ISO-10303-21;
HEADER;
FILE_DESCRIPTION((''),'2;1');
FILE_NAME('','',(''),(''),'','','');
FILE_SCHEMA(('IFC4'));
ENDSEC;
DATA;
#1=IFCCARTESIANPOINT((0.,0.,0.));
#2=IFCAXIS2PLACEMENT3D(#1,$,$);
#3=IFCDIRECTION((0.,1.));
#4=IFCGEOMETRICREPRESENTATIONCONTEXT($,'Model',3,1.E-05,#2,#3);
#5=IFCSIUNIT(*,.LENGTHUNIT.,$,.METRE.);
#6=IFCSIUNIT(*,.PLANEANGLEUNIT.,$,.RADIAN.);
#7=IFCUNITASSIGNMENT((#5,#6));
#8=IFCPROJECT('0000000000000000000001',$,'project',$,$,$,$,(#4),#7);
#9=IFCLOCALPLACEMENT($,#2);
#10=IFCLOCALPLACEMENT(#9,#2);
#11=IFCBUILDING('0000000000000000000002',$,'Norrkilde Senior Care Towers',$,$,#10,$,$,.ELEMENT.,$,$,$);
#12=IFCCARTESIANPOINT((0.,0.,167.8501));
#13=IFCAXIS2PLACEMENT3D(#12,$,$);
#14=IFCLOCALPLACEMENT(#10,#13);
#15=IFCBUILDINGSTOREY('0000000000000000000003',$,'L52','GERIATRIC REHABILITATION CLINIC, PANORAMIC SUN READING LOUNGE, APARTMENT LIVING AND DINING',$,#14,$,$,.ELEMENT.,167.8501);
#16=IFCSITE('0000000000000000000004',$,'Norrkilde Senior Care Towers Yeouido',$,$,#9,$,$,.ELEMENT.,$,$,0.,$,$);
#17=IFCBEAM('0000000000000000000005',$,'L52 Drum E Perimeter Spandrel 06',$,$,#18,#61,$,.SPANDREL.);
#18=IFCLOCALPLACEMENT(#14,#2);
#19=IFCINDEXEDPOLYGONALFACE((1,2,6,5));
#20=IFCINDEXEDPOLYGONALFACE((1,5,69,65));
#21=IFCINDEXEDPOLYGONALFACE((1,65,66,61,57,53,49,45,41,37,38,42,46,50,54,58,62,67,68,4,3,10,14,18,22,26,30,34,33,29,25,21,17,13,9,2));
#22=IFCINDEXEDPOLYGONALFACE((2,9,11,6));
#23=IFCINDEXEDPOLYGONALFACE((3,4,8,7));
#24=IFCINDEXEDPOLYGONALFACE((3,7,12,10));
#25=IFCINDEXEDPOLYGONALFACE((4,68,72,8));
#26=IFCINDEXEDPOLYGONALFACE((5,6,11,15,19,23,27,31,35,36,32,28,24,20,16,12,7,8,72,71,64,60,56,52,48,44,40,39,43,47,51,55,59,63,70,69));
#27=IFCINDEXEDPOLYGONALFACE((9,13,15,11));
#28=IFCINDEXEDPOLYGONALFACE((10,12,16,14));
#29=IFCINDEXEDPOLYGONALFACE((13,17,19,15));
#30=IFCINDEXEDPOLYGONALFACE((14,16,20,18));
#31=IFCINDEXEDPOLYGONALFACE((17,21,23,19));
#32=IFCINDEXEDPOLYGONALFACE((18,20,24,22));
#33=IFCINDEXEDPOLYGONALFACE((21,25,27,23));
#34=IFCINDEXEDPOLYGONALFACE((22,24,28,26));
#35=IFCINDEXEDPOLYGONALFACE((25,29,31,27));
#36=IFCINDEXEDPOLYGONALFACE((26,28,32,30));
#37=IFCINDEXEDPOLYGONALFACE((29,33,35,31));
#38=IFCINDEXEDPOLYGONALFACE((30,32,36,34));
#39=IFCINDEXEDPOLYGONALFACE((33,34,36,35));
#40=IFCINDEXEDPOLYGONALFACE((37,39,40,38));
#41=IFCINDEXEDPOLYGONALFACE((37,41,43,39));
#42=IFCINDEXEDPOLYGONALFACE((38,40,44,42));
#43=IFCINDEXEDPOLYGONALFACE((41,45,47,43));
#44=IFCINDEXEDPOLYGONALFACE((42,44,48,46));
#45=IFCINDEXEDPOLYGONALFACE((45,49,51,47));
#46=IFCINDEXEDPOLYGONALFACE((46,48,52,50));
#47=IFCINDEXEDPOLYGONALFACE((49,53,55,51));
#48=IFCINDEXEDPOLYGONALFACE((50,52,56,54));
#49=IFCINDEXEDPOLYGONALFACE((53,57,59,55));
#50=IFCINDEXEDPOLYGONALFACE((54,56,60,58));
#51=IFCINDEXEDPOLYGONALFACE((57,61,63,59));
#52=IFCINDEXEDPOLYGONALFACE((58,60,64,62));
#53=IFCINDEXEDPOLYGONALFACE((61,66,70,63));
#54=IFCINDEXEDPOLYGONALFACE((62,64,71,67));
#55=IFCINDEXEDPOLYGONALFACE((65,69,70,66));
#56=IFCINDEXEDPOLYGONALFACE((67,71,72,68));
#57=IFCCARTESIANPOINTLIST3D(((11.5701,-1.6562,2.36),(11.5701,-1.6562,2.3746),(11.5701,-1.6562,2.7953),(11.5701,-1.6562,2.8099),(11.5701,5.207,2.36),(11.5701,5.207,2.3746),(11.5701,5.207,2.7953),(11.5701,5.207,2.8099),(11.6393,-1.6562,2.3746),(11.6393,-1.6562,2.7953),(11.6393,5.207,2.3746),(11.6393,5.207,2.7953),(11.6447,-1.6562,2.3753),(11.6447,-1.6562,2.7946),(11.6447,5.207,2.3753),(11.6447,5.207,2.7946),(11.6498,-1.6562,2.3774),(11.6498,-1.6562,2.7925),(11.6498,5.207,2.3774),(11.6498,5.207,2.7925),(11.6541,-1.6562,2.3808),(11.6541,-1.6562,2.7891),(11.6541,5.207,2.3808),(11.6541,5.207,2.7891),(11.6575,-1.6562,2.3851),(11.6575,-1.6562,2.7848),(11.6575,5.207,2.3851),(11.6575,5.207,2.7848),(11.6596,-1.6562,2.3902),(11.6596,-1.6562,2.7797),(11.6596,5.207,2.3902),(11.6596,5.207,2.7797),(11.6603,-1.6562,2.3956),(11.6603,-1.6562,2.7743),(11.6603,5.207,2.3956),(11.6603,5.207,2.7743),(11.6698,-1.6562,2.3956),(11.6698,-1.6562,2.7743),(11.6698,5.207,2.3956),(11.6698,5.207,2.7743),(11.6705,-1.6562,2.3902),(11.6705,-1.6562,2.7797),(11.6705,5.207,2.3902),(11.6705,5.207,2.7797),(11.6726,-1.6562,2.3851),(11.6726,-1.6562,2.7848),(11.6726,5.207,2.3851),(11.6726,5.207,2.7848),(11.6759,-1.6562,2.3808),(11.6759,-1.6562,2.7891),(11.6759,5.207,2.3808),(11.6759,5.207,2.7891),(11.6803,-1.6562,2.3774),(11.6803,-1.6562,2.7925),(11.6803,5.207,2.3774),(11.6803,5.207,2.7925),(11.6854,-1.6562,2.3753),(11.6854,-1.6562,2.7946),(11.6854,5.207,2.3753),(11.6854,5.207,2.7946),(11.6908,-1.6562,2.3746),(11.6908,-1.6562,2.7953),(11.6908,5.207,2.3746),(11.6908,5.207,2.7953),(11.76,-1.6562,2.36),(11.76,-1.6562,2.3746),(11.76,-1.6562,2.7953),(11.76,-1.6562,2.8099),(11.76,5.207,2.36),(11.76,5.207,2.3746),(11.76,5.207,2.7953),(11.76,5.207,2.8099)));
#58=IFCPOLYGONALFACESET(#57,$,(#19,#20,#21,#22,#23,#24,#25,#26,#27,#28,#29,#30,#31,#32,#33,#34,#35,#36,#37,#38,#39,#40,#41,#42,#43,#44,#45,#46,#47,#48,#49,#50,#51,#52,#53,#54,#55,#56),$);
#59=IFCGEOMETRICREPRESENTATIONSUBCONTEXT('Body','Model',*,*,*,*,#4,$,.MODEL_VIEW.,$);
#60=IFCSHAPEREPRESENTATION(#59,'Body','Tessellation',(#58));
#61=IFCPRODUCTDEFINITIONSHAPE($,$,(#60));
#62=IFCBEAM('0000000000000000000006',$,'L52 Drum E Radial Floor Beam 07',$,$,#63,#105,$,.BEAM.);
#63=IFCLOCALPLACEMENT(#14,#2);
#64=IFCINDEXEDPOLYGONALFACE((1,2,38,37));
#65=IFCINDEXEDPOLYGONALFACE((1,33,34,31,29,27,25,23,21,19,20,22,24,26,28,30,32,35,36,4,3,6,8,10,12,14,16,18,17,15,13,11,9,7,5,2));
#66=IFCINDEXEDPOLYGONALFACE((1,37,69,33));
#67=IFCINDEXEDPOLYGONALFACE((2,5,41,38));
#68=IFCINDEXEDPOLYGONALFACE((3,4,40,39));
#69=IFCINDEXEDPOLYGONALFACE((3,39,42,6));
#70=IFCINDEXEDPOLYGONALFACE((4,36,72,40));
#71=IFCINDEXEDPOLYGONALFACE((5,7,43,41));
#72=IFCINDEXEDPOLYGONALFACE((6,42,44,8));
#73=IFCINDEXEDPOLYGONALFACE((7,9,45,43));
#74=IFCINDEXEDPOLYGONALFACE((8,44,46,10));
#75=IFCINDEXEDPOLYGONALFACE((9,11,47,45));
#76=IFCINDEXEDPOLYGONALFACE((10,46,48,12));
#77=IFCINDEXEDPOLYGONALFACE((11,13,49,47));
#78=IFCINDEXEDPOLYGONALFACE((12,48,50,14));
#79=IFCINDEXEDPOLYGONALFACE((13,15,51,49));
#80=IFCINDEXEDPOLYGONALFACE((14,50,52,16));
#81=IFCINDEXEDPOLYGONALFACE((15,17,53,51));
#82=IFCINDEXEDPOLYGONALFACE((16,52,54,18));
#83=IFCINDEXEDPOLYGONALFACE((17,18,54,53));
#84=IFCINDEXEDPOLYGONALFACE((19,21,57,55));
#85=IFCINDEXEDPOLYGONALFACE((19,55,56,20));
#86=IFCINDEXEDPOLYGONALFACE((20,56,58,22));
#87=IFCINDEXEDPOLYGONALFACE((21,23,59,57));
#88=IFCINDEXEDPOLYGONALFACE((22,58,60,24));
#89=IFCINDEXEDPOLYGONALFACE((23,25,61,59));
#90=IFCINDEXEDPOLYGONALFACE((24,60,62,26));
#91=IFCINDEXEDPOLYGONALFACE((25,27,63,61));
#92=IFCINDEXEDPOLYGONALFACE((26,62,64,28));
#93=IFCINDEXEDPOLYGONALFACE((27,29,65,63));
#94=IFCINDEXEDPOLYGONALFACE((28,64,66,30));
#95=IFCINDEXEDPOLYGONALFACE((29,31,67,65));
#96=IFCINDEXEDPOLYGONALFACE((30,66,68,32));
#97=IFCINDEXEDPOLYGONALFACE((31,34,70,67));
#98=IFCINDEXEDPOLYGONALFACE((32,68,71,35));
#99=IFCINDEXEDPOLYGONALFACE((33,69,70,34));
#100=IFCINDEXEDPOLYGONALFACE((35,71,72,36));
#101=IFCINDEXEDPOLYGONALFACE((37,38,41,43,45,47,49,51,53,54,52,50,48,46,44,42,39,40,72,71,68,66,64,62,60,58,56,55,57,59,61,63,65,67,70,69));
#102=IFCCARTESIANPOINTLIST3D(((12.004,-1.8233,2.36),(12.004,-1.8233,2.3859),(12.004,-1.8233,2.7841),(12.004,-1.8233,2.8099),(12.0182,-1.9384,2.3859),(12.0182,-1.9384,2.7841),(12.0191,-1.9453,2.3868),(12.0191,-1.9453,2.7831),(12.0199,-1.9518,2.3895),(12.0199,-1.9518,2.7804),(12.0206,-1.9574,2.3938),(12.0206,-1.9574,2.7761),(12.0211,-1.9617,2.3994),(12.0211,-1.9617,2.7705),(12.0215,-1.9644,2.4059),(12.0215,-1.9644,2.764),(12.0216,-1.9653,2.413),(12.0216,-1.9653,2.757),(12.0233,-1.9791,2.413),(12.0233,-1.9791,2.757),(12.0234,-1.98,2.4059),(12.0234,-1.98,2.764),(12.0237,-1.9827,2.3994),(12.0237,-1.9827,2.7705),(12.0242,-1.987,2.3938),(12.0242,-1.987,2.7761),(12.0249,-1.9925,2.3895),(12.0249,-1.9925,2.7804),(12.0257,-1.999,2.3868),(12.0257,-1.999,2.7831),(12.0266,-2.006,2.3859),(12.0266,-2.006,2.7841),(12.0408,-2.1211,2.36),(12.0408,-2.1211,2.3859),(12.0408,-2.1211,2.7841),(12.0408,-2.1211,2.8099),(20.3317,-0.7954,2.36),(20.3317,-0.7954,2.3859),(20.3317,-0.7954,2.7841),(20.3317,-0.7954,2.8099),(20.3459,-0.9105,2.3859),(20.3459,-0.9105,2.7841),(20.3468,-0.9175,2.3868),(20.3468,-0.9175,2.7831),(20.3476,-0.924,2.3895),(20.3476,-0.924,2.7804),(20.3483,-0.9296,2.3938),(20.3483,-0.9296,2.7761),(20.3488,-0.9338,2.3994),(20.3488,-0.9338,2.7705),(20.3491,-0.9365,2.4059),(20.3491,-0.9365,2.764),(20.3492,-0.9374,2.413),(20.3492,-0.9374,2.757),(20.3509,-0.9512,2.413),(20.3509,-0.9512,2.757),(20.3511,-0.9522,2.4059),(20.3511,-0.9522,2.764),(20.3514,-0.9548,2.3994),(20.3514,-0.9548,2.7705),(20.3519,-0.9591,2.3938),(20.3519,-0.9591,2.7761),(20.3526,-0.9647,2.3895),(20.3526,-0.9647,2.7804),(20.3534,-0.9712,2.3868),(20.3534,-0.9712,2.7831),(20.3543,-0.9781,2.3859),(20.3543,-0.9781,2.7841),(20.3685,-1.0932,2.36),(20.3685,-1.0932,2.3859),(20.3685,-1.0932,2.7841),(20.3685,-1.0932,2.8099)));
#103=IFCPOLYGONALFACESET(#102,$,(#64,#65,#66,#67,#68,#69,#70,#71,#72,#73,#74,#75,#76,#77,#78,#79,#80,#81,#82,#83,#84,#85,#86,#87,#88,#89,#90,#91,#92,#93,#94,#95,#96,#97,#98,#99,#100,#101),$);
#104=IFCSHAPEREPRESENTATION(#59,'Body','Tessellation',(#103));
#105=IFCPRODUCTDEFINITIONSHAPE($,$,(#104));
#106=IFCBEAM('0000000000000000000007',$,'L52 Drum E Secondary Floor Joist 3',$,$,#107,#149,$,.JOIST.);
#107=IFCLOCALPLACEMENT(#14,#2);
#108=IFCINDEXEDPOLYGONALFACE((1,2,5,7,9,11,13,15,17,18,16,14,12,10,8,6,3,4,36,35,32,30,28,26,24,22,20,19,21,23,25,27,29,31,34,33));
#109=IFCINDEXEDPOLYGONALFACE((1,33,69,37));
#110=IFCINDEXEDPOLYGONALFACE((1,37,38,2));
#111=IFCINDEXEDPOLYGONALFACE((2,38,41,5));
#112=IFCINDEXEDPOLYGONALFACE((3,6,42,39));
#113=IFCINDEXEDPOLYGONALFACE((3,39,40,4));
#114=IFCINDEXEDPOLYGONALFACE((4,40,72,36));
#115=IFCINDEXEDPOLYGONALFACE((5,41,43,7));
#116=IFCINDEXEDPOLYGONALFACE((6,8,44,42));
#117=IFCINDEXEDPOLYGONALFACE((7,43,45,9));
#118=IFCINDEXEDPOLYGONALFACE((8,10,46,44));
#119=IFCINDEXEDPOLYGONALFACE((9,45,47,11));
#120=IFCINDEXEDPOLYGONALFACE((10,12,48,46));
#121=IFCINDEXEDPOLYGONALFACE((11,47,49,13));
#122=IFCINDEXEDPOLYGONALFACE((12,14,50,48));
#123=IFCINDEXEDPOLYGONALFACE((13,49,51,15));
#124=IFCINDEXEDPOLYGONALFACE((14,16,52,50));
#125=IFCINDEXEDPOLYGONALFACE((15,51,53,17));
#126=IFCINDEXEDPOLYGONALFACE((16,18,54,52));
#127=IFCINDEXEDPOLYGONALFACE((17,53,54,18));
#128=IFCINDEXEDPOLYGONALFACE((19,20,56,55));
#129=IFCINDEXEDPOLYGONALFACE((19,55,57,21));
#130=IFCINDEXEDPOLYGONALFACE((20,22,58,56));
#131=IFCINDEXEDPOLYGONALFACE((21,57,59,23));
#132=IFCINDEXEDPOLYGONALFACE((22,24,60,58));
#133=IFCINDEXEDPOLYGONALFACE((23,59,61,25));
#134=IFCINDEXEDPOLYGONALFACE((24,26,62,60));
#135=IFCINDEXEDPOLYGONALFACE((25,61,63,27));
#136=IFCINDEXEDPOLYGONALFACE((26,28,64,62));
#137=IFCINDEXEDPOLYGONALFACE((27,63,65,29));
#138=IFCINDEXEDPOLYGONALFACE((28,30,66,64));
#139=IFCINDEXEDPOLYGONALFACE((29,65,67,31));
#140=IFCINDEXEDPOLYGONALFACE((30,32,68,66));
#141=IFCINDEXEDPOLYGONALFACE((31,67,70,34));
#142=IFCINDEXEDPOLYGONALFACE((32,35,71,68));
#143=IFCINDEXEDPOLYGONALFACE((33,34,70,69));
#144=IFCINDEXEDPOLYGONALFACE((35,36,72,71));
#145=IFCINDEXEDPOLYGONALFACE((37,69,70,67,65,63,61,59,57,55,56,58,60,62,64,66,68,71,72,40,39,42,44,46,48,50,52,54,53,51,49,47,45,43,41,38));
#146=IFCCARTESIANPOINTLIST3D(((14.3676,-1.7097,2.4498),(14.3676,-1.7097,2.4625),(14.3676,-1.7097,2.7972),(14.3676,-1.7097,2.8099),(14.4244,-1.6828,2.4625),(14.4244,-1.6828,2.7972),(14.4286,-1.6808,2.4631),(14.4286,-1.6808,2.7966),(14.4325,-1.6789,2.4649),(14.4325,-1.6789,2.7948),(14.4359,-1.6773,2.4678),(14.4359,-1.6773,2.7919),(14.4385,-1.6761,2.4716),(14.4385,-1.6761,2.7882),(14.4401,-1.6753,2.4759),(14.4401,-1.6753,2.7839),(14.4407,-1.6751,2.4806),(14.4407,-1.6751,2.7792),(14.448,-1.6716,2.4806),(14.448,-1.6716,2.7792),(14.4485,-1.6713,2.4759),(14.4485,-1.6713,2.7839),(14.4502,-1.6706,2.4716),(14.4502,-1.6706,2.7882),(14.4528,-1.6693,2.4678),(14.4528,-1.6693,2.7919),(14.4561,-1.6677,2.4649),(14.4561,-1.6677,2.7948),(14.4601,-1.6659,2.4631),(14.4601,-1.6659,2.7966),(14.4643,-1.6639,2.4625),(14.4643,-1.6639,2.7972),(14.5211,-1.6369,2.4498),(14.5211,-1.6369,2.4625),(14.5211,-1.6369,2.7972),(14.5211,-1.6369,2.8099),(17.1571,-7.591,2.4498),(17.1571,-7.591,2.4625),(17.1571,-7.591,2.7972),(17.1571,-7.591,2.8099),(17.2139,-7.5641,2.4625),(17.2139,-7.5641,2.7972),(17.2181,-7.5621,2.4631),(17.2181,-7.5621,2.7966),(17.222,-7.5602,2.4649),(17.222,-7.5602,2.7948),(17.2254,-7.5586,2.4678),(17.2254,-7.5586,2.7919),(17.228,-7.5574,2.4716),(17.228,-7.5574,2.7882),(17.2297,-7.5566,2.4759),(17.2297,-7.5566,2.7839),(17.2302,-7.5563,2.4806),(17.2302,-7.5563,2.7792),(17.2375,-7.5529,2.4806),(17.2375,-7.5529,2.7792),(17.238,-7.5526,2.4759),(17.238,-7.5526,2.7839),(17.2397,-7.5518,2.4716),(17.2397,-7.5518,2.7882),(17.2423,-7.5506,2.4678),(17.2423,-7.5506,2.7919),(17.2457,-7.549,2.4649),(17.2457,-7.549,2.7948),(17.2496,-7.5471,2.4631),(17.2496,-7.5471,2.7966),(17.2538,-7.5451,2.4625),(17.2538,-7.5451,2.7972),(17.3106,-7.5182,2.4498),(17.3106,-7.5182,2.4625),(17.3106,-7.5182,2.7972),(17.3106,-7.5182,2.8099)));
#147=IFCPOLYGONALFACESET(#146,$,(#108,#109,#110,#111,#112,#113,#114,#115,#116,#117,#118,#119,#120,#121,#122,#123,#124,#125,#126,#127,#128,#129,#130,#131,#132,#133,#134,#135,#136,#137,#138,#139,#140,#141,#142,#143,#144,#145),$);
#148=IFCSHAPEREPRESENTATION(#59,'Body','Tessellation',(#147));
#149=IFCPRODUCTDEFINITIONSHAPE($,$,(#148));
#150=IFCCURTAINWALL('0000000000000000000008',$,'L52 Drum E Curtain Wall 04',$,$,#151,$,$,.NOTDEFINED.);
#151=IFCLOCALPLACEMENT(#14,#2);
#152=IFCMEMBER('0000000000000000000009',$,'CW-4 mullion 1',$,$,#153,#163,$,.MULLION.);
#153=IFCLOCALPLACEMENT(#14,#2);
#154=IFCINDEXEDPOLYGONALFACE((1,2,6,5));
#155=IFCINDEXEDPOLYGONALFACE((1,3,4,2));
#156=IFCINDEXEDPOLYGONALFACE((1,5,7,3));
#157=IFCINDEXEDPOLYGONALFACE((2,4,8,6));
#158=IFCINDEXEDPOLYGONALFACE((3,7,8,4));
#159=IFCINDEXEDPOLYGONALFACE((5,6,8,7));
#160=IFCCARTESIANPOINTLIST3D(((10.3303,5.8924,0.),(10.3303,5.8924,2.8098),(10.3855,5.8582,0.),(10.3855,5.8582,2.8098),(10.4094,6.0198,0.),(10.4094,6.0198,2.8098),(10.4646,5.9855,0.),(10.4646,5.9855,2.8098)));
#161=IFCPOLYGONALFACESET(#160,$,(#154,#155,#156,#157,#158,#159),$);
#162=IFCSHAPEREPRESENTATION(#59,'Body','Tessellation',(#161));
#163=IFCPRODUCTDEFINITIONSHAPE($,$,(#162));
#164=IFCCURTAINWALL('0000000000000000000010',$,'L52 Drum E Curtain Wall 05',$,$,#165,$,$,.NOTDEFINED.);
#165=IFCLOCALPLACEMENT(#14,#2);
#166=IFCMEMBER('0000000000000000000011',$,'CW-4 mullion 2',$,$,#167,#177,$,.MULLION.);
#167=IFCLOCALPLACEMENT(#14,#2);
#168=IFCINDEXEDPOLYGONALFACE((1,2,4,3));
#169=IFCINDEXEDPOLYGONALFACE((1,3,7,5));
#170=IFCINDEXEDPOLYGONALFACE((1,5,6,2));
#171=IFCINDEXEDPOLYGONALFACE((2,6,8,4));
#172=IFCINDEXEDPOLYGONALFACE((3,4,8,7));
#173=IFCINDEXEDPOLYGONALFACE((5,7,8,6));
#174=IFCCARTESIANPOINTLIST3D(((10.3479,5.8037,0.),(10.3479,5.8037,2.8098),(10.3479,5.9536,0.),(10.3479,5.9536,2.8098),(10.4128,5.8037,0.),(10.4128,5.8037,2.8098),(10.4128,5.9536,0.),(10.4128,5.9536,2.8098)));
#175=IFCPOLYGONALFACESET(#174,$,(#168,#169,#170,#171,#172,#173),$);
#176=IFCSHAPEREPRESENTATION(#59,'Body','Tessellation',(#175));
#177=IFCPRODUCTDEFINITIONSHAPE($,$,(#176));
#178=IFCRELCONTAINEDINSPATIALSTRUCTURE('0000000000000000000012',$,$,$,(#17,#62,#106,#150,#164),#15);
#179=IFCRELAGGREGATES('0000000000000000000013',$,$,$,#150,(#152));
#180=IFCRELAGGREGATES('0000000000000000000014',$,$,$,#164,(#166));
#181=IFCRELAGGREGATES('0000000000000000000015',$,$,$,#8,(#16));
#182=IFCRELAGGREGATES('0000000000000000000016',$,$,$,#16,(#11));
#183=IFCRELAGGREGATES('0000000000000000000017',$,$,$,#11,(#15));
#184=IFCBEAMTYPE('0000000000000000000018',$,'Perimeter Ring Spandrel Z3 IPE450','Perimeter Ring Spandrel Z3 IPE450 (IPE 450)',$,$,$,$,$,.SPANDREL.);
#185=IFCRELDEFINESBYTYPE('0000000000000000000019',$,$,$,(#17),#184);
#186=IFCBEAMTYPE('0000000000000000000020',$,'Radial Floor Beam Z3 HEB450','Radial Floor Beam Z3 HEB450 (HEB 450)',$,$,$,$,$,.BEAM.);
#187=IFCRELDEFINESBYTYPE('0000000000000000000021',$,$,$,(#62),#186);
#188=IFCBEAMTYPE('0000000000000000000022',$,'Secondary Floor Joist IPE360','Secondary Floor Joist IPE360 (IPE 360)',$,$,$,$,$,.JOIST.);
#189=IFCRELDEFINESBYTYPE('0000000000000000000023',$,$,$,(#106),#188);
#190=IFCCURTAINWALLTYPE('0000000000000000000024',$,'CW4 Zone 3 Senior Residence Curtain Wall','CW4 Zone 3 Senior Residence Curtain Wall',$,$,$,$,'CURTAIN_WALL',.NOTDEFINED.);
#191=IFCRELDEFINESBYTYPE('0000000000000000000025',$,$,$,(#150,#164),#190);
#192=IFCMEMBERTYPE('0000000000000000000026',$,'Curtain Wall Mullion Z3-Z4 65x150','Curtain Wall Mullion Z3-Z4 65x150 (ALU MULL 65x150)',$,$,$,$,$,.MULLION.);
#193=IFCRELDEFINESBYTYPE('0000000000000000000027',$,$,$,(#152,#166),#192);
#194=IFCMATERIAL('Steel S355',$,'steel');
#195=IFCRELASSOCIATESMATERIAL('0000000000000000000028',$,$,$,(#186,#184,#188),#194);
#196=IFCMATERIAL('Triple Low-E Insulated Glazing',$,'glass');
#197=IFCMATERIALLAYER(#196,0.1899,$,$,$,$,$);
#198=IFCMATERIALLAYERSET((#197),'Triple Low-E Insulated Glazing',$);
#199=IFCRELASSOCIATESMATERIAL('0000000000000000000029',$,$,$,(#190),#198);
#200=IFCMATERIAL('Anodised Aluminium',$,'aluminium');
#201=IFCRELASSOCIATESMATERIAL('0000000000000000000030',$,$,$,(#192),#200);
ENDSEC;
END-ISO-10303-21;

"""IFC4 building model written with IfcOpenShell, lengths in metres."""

from ifc_helpers import new_model, si_unit, direction, frame, origin, origin_2d, place, context, subcontext, project, spatial, rectangle, i_section, extrude, source, transform, mapped, material, layer, layer_set, material_profile, profile_set, type_object, type_shapes, element, aggregate, save


model = new_model("IFC4")

# Units and contexts
model_context = context("Model", 3, precision=1e-05, world=origin(), true_north=direction((0.0, 1.0)))
body_context = subcontext(model_context, "Body", "Model", "MODEL_VIEW")
ifc_project = project(units=[si_unit("LENGTHUNIT", "METRE"), si_unit("PLANEANGLEUNIT", "RADIAN")], contexts=[model_context])

# Site, building, storey
site_placement = place(None, origin())
site = spatial("IfcSite", under=ifc_project, at=site_placement, Name="Norrkilde Senior Care Towers Yeouido", CompositionType="ELEMENT", RefElevation=0.0)
building_placement = place(site_placement, origin())
building = spatial("IfcBuilding", under=site, at=building_placement, Name="Norrkilde Senior Care Towers", CompositionType="ELEMENT")
storey_placement = place(building_placement, frame((0.0, 0.0, 167.8501)))
storey = spatial("IfcBuildingStorey", under=building, at=storey_placement, Name="L52", Description="GERIATRIC REHABILITATION CLINIC, PANORAMIC SUN READING LOUNGE, APARTMENT LIVING AND DINING", CompositionType="ELEMENT", Elevation=167.8501)

# Beams
ifc_material_1 = material(Name="Steel S355", Category="steel")
ifc_material_profile_1 = material_profile(ifc_material_1, i_section(OverallWidth=0.3, OverallDepth=0.45, WebThickness=0.0139, FlangeThickness=0.0259, FilletRadius=0.0271, at=origin_2d()), Name="HEB 450")
ifc_profile_set_1 = profile_set([ifc_material_profile_1], Name="Steel S355")
beam_type_1 = type_object("IfcBeamType", Name="Radial Floor Beam Z3 HEB450", Description="Radial Floor Beam Z3 HEB450 (HEB 450)", PredefinedType="BEAM", material=ifc_profile_set_1)
ifc_material_profile_2 = material_profile(ifc_material_1, i_section(OverallWidth=0.1899, OverallDepth=0.45, WebThickness=0.0095, FlangeThickness=0.0146, FilletRadius=0.021, at=origin_2d()), Name="IPE 450")
ifc_profile_set_2 = profile_set([ifc_material_profile_2], Name="Steel S355")
beam_type_2 = type_object("IfcBeamType", Name="Perimeter Ring Spandrel Z3 IPE450", Description="Perimeter Ring Spandrel Z3 IPE450 (IPE 450)", PredefinedType="SPANDREL", material=ifc_profile_set_2)
shared_shape_1 = source(origin(), body_context, "Body", "SweptSolid", [
    extrude(i_section(OverallWidth=0.1899, OverallDepth=0.45, WebThickness=0.0095, FlangeThickness=0.0146, FilletRadius=0.021, at=origin_2d()), origin(), (0.0, 0.0, 1.0), 6.8633),
])
type_shapes(beam_type_2, [shared_shape_1])
beam_1_placement = place(storey_placement, frame((11.665, 5.207, 2.585), z_axis=(0.0, -1.0, 0.0), x_axis=(1.0, 0.0, 0.0)))
element("IfcBeam", 1, at=beam_1_placement, inside=storey, type_object=beam_type_2, Name="L52 Drum E Perimeter Spandrel 06", PredefinedType="SPANDREL", context=body_context, shape_type="MappedRepresentation", body=[
    mapped(shared_shape_1, transform((0.0, 0.0, 0.0), x_axis=(1.0, 0.0, 0.0), y_axis=(0.0, 1.0, 0.0), z_axis=(0.0, 0.0, 1.0), scale=1.0)),
])
shared_shape_2 = source(origin(), body_context, "Body", "SweptSolid", [
    extrude(i_section(OverallWidth=0.3, OverallDepth=0.45, WebThickness=0.0139, FlangeThickness=0.0259, FilletRadius=0.0271, at=origin_2d()), origin(), (0.0, 0.0, 1.0), 8.3909),
])
beam_2_placement = place(storey_placement, frame((20.3501, -0.9443, 2.585), z_axis=(-0.992469, -0.122495, 0.0), x_axis=(0.122495, -0.992469, 0.0)))
element("IfcBeam", 2, at=beam_2_placement, inside=storey, type_object=beam_type_1, Name="L52 Drum E Radial Floor Beam 07", PredefinedType="BEAM", context=body_context, shape_type="MappedRepresentation", body=[
    mapped(shared_shape_2, transform((0.0, 0.0, 0.0), x_axis=(1.0, 0.0, 0.0), y_axis=(0.0, 1.0, 0.0), z_axis=(0.0, 0.0, 1.0), scale=1.0)),
])
ifc_material_profile_3 = material_profile(ifc_material_1, i_section(OverallWidth=0.1699, OverallDepth=0.3601, WebThickness=0.0081, FlangeThickness=0.0127, FilletRadius=0.0181, at=origin_2d()), Name="IPE 360")
ifc_profile_set_3 = profile_set([ifc_material_profile_3], Name="Steel S355")
beam_type_3 = type_object("IfcBeamType", Name="Secondary Floor Joist IPE360", Description="Secondary Floor Joist IPE360 (IPE 360)", PredefinedType="JOIST", material=ifc_profile_set_3)
shared_shape_3 = source(origin(), body_context, "Body", "SweptSolid", [
    extrude(i_section(OverallWidth=0.1699, OverallDepth=0.3601, WebThickness=0.0081, FlangeThickness=0.0127, FilletRadius=0.0181, at=origin_2d()), origin(), (0.0, 0.0, 1.0), 6.5093),
])
type_shapes(beam_type_3, [shared_shape_3])
beam_3_placement = place(storey_placement, frame((14.4443, -1.6733, 2.6299), z_axis=(0.428544, -0.903521, 0.0), x_axis=(0.903521, 0.428544, 0.0)))
element("IfcBeam", 3, at=beam_3_placement, inside=storey, type_object=beam_type_3, Name="L52 Drum E Secondary Floor Joist 3", PredefinedType="JOIST", context=body_context, shape_type="MappedRepresentation", body=[
    mapped(shared_shape_3, transform((0.0, 0.0, 0.0), x_axis=(1.0, 0.0, 0.0), y_axis=(0.0, 1.0, 0.0), z_axis=(0.0, 0.0, 1.0), scale=1.0)),
])

# Curtain wall, member
ifc_material_2 = material(Name="Triple Low-E Insulated Glazing", Category="glass")
ifc_layer_1 = layer(ifc_material_2, 0.1899)
ifc_layer_set_1 = layer_set([ifc_layer_1], Name="Triple Low-E Insulated Glazing")
curtain_wall_type = type_object("IfcCurtainWallType", Name="CW4 Zone 3 Senior Residence Curtain Wall", Description="CW4 Zone 3 Senior Residence Curtain Wall", ElementType="CURTAIN_WALL", PredefinedType="NOTDEFINED", material=ifc_layer_set_1)
curtain_wall_1_placement = place(storey_placement, origin())
curtain_wall_1 = element("IfcCurtainWall", 4, at=curtain_wall_1_placement, inside=storey, type_object=curtain_wall_type, Name="L52 Drum E Curtain Wall 04", PredefinedType="NOTDEFINED")
ifc_material_3 = material(Name="Anodised Aluminium", Category="aluminium")
ifc_material_profile_4 = material_profile(ifc_material_3, rectangle(XDim=0.0649, YDim=0.1499, at=origin_2d()), Name="ALU MULL 65x150")
ifc_profile_set_4 = profile_set([ifc_material_profile_4], Name="Anodised Aluminium")
member_type = type_object("IfcMemberType", Name="Curtain Wall Mullion Z3-Z4 65x150", Description="Curtain Wall Mullion Z3-Z4 65x150 (ALU MULL 65x150)", PredefinedType="MULLION", material=ifc_profile_set_4)
shared_shape_4 = source(origin(), body_context, "Body", "SweptSolid", [
    extrude(rectangle(XDim=0.0649, YDim=0.1499, at=origin_2d()), origin(), (0.0, 0.0, 1.0), 2.8098),
])
type_shapes(member_type, [shared_shape_4])
member_1_placement = place(storey_placement, frame((10.3975, 5.939, 0.0), z_axis=(0.0, 0.0, 1.0), x_axis=(-0.849634, 0.527373, 0.0)))
member_1 = element("IfcMember", 5, at=member_1_placement, type_object=member_type, Name="CW-4 mullion 1", PredefinedType="MULLION", context=body_context, shape_type="MappedRepresentation", body=[
    mapped(shared_shape_4, transform((0.0, 0.0, 0.0), x_axis=(1.0, 0.0, 0.0), y_axis=(0.0, 1.0, 0.0), z_axis=(0.0, 0.0, 1.0), scale=1.0)),
])
aggregate(curtain_wall_1, [member_1])

# Curtain wall, member
curtain_wall_2_placement = place(storey_placement, origin())
curtain_wall_2 = element("IfcCurtainWall", 6, at=curtain_wall_2_placement, inside=storey, type_object=curtain_wall_type, Name="L52 Drum E Curtain Wall 05", PredefinedType="NOTDEFINED")
member_2_placement = place(storey_placement, frame((10.3804, 5.8787, 0.0), z_axis=(0.0, 0.0, 1.0), x_axis=(-1.0, 0.0, 0.0)))
member_2 = element("IfcMember", 7, at=member_2_placement, type_object=member_type, Name="CW-4 mullion 2", PredefinedType="MULLION", context=body_context, shape_type="MappedRepresentation", body=[
    mapped(shared_shape_4, transform((0.0, 0.0, 0.0), x_axis=(1.0, 0.0, 0.0), y_axis=(0.0, 1.0, 0.0), z_axis=(0.0, 0.0, 1.0), scale=1.0)),
])
aggregate(curtain_wall_2, [member_2])

save(model, "model.ifc")
